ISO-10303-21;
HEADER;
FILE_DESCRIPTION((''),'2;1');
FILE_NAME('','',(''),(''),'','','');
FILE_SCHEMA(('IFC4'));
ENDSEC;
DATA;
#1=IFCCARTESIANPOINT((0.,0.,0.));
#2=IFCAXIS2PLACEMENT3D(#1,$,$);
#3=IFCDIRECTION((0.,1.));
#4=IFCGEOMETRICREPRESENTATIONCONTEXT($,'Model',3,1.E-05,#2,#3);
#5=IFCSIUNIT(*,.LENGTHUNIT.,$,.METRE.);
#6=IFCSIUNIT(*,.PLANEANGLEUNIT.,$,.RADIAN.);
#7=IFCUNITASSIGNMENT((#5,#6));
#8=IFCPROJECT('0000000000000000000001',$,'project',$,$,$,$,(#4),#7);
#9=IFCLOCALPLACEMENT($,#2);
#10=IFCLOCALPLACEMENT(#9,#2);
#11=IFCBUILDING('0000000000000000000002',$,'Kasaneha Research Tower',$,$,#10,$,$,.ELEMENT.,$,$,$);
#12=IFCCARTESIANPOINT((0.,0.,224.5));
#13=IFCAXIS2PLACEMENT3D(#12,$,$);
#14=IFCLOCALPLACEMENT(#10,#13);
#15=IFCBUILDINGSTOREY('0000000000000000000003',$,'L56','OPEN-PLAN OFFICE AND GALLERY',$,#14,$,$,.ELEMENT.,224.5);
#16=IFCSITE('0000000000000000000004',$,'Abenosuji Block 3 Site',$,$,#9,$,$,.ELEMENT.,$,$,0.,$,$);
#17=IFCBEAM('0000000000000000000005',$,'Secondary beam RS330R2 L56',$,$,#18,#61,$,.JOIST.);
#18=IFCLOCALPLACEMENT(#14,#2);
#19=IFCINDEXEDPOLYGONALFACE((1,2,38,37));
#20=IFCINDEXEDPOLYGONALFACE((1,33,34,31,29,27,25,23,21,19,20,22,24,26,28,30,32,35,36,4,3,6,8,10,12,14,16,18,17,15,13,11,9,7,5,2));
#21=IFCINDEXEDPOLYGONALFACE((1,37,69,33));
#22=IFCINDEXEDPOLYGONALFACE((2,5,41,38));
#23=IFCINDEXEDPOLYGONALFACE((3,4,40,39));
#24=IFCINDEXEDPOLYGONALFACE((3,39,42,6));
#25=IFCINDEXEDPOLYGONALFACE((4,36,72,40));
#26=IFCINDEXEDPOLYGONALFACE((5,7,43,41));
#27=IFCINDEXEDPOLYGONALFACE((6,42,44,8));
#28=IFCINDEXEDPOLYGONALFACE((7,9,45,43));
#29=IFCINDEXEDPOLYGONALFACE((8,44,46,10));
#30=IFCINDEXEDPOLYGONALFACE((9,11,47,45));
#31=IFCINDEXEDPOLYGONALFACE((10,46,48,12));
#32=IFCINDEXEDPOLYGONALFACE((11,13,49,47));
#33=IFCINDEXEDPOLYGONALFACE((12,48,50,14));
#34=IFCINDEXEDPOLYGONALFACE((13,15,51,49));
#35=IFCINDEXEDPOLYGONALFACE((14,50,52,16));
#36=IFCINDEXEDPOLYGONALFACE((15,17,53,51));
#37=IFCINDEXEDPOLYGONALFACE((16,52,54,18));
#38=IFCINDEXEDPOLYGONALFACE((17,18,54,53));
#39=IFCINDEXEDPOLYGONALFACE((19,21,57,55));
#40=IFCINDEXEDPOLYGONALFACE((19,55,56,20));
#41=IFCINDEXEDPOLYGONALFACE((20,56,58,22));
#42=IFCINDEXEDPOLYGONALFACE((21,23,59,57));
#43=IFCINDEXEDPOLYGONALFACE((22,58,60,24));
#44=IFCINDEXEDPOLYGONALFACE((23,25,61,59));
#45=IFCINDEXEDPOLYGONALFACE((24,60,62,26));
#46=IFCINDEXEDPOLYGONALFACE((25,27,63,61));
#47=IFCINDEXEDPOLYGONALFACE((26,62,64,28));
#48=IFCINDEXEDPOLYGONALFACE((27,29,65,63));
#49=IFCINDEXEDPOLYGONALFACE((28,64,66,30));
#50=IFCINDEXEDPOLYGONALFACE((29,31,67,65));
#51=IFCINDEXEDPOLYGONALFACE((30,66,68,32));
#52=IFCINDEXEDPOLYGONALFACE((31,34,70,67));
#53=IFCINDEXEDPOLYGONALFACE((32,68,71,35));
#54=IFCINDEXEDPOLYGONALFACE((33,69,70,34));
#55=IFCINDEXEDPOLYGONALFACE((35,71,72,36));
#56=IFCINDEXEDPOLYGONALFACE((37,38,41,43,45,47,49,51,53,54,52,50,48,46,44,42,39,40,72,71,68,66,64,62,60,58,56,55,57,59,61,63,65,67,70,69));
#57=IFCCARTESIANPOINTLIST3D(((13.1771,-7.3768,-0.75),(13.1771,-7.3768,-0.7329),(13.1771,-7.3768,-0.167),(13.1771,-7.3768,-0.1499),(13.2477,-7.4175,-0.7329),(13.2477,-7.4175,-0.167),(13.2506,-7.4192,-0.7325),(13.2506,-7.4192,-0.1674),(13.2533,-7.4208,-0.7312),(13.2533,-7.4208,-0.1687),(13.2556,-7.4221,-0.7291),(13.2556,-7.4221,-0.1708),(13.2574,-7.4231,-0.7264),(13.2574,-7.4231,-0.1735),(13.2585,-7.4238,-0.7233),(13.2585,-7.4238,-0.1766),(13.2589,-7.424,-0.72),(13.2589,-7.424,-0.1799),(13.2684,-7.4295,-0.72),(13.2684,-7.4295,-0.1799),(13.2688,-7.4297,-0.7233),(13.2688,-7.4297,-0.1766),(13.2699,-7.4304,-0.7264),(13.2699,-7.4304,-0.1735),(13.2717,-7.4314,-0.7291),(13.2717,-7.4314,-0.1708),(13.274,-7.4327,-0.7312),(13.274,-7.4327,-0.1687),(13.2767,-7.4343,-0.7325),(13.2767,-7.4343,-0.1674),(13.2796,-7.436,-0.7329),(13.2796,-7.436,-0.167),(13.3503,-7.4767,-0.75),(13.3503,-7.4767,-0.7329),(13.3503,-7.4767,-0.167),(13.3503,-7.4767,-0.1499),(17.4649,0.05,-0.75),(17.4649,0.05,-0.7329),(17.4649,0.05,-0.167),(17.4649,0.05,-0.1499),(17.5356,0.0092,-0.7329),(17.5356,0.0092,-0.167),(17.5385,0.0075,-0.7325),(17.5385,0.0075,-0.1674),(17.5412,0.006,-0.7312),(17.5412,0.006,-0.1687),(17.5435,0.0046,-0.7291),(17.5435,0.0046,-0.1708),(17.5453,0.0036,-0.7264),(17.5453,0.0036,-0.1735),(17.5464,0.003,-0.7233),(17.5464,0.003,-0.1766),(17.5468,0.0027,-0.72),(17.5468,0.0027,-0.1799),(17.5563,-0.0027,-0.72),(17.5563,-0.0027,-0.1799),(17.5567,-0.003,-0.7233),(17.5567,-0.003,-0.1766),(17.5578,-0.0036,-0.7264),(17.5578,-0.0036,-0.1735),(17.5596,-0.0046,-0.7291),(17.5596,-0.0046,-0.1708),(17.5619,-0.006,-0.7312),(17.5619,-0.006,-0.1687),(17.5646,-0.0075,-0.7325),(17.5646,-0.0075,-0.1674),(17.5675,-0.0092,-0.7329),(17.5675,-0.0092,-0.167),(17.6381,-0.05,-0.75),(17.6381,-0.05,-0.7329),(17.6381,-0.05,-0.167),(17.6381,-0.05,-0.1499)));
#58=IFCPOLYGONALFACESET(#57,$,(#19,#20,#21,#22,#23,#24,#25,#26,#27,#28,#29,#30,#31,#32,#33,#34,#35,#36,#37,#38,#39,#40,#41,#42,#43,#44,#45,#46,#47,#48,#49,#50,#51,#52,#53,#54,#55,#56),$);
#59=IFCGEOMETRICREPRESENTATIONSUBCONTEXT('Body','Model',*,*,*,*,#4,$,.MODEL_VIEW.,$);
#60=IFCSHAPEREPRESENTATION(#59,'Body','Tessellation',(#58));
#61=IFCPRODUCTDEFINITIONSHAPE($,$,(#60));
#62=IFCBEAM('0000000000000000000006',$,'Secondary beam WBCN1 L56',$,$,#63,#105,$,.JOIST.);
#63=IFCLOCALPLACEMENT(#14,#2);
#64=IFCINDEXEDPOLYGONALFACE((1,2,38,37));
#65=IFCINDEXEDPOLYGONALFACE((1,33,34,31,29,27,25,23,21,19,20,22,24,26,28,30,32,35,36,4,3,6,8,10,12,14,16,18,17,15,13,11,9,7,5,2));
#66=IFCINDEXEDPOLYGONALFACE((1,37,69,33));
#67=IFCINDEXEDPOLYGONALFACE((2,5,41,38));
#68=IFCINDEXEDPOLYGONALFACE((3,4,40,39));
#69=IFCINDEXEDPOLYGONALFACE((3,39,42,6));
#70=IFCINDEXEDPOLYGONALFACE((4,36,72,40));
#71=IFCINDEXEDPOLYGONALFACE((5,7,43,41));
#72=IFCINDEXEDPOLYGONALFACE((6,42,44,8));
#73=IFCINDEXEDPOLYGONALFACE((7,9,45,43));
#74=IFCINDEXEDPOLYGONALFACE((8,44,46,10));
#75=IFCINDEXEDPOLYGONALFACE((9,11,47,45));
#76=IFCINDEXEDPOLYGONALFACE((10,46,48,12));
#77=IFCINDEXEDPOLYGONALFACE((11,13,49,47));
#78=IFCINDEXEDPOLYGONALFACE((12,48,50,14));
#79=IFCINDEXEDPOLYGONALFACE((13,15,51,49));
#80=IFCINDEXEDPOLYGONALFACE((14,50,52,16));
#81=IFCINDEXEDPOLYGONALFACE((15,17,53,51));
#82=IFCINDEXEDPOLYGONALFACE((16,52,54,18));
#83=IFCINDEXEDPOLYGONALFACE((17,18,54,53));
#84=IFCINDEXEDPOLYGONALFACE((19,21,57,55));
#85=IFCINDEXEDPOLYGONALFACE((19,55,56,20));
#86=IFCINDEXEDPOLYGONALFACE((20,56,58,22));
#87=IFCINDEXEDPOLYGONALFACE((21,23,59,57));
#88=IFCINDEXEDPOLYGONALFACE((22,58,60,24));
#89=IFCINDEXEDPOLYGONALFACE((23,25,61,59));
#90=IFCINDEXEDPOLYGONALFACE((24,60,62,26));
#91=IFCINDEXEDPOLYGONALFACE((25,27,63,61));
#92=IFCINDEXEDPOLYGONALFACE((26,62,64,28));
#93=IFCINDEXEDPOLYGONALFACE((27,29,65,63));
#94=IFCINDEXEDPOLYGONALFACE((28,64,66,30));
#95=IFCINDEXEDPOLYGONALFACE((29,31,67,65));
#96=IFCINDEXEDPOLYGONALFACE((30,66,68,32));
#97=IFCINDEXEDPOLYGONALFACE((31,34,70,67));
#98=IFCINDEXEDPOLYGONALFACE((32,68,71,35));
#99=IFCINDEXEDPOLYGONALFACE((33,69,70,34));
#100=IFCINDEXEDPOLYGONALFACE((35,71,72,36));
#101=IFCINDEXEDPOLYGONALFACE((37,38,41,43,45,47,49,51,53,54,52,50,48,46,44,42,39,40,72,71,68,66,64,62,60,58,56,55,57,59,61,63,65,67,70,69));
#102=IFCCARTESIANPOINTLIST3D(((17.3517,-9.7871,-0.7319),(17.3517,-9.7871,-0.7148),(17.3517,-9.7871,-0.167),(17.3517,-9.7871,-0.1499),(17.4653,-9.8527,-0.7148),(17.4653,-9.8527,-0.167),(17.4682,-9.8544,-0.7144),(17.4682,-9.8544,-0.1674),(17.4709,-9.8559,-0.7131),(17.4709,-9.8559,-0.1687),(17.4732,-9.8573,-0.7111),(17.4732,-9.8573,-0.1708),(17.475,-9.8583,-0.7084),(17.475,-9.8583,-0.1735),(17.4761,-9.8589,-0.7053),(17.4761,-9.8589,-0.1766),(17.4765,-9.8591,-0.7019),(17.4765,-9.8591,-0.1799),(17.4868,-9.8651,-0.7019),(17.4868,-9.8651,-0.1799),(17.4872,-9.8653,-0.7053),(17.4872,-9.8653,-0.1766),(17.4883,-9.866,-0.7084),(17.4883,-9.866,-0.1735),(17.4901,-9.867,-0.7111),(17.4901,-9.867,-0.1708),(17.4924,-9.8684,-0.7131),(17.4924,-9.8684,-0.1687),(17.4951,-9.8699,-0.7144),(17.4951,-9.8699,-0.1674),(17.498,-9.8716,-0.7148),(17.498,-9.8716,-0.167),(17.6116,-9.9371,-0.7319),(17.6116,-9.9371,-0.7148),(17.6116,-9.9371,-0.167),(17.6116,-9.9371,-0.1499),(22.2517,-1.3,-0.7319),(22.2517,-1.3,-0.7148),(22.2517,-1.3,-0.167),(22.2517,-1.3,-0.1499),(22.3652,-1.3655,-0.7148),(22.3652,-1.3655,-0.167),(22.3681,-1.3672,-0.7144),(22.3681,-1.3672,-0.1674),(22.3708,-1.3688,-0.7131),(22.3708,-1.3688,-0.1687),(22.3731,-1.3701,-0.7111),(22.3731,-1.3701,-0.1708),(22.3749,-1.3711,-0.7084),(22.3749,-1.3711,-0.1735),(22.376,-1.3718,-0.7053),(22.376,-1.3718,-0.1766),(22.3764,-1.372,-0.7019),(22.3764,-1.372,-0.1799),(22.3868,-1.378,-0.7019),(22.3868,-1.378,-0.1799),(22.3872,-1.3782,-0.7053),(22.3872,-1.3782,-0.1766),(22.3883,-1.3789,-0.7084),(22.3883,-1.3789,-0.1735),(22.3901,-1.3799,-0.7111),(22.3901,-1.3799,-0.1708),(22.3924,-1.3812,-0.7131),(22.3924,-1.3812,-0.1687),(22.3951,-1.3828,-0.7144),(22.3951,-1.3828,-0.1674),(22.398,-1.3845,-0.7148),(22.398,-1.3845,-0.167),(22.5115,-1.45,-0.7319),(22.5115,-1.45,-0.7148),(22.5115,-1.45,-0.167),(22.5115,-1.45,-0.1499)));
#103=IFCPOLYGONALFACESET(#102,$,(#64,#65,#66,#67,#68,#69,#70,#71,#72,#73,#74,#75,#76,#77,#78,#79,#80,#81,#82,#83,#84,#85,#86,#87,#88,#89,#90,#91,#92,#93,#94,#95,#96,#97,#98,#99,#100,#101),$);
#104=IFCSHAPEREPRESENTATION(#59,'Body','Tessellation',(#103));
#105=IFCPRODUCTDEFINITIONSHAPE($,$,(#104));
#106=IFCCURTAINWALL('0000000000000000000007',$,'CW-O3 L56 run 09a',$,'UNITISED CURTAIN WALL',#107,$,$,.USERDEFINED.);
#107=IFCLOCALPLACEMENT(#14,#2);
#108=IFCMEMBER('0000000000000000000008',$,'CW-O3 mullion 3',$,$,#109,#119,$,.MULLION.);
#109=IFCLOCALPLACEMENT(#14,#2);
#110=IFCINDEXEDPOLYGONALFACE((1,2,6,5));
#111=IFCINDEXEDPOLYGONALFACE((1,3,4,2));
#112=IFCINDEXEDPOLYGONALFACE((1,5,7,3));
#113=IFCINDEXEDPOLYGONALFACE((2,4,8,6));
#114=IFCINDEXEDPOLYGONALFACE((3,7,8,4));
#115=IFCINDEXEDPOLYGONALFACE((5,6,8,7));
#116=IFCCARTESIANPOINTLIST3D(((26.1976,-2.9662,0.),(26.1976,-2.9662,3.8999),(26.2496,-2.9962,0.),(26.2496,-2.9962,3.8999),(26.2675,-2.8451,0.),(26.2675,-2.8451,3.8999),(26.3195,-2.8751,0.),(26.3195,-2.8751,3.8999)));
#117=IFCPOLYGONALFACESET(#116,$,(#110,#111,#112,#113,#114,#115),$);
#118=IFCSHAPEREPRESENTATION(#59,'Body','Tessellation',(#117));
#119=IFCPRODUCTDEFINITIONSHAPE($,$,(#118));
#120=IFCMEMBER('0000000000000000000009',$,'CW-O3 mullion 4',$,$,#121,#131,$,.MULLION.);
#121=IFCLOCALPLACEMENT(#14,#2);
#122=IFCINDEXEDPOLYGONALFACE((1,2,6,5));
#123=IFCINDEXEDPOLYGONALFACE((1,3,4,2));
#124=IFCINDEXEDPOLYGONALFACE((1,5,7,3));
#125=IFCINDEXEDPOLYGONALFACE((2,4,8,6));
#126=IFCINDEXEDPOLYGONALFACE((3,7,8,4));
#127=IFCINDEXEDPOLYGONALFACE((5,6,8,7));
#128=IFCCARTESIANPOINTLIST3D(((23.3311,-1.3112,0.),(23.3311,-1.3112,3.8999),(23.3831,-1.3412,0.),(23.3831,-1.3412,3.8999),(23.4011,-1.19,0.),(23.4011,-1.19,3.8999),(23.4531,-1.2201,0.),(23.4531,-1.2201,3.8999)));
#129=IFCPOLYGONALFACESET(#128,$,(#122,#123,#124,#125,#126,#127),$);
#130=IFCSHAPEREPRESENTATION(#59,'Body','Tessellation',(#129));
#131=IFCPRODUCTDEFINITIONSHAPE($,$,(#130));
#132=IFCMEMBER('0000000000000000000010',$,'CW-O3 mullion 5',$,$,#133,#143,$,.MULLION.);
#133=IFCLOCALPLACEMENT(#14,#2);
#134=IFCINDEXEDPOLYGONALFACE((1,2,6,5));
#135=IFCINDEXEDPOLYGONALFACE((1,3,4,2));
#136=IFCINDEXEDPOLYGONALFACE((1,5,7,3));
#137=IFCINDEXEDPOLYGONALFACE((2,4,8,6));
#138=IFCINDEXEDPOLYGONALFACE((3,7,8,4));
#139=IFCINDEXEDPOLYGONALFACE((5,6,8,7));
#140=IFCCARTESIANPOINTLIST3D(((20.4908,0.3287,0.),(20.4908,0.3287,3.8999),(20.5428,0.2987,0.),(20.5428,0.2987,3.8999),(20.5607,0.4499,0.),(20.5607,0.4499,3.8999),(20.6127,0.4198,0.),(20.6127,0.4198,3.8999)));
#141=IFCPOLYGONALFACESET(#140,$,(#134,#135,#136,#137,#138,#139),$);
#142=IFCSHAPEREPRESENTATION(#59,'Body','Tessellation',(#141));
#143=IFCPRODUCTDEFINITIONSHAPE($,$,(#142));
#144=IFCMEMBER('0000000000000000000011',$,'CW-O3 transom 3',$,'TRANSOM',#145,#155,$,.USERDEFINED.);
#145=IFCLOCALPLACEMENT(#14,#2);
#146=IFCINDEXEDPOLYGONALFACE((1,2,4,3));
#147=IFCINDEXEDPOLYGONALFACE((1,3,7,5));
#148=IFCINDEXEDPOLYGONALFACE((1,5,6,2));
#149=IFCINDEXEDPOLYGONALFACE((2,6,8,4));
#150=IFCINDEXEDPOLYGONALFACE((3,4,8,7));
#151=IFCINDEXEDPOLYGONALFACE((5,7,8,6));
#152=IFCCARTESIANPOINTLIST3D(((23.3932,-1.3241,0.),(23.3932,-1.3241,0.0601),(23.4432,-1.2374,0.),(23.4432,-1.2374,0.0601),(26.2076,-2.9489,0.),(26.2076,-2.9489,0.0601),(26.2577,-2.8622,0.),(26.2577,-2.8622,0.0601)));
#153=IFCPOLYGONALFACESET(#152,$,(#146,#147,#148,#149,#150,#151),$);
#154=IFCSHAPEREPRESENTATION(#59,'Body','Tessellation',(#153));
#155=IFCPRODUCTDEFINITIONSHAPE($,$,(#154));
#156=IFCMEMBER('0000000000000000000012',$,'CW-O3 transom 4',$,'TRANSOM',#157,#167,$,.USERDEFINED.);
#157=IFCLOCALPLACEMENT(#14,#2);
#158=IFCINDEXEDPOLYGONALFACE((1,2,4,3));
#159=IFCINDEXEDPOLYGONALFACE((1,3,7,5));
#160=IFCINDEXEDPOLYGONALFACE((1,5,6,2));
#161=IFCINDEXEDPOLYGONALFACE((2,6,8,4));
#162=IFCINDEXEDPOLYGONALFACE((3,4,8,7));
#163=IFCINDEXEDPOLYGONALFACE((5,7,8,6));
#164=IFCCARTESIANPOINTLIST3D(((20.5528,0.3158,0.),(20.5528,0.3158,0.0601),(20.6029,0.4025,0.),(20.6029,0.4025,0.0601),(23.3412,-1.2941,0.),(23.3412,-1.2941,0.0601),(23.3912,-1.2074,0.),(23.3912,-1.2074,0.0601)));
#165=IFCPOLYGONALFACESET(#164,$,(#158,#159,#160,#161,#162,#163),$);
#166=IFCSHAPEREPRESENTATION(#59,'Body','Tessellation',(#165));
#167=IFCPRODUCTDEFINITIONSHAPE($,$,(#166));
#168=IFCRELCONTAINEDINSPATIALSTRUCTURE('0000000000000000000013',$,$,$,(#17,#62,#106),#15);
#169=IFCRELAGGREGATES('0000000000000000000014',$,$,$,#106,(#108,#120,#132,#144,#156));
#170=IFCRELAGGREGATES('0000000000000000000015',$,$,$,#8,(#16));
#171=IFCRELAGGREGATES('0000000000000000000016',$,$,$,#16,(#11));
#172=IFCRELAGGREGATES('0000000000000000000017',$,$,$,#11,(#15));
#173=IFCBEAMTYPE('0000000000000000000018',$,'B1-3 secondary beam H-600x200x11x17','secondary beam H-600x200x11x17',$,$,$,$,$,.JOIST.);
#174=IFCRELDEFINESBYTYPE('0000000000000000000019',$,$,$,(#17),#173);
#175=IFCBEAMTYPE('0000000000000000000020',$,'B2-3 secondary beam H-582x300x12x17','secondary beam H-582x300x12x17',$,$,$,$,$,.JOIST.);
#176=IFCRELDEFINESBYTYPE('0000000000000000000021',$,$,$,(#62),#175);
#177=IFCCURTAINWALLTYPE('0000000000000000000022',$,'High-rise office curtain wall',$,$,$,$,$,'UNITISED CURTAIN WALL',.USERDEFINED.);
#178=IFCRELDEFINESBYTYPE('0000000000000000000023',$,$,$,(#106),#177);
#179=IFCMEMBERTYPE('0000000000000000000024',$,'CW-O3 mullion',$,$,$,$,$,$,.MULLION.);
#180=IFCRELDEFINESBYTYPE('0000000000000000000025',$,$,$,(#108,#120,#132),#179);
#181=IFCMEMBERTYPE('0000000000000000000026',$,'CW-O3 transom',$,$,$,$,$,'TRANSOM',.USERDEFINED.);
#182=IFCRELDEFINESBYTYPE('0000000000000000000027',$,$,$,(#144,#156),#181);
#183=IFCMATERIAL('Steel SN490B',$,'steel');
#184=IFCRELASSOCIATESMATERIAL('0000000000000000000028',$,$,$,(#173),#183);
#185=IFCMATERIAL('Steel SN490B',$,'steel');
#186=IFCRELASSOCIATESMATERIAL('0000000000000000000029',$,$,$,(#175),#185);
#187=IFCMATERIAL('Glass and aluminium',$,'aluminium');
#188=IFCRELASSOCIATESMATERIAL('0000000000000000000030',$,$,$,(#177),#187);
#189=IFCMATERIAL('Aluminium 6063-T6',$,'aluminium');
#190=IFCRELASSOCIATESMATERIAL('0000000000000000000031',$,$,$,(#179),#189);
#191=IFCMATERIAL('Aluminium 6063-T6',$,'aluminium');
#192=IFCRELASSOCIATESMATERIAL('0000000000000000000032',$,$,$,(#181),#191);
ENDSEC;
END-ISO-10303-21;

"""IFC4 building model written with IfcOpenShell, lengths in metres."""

from ifc_helpers import new_model, si_unit, direction, frame, origin, origin_2d, place, context, subcontext, project, spatial, rectangle, i_section, extrude, material, material_profile, profile_set, type_object, element, aggregate, save


model = new_model("IFC4")

# Units and contexts
model_context = context("Model", 3, precision=1e-05, world=origin(), true_north=direction((0.0, 1.0)))
body_context = subcontext(model_context, "Body", "Model", "MODEL_VIEW")
ifc_project = project(units=[si_unit("LENGTHUNIT", "METRE"), si_unit("PLANEANGLEUNIT", "RADIAN")], contexts=[model_context])

# Site, building, storey
site_placement = place(None, origin())
site = spatial("IfcSite", under=ifc_project, at=site_placement, Name="Abenosuji Block 3 Site", CompositionType="ELEMENT", RefElevation=0.0)
building_placement = place(site_placement, origin())
building = spatial("IfcBuilding", under=site, at=building_placement, Name="Kasaneha Research Tower", CompositionType="ELEMENT")
storey_placement = place(building_placement, frame((0.0, 0.0, 224.5)))
storey = spatial("IfcBuildingStorey", under=building, at=storey_placement, Name="L56", Description="OPEN-PLAN OFFICE AND GALLERY", CompositionType="ELEMENT", Elevation=224.5)

# Beams
ifc_material_1 = material(Name="Steel SN490B", Category="steel")
ifc_material_profile_1 = material_profile(ifc_material_1, i_section(OverallWidth=0.2, OverallDepth=0.6001, WebThickness=0.011, FlangeThickness=0.0171, FilletRadius=0.0129, at=origin_2d()), Name="H-600x200x11x17")
ifc_profile_set_1 = profile_set([ifc_material_profile_1], Name="Steel SN490B")
beam_type_1 = type_object("IfcBeamType", Name="B1-3 secondary beam H-600x200x11x17", Description="secondary beam H-600x200x11x17", PredefinedType="JOIST", material=ifc_profile_set_1)
beam_1_placement = place(storey_placement, frame((17.5515, 0.0, -0.45), z_axis=(-0.5, -0.866025, 0.0), x_axis=(0.866025, -0.5, 0.0)))
element("IfcBeam", 1, at=beam_1_placement, inside=storey, type_object=beam_type_1, Name="Secondary beam RS330R2 L56", PredefinedType="JOIST", context=body_context, shape_type="SweptSolid", body=[
    extrude(i_section(OverallWidth=0.2, OverallDepth=0.6001, WebThickness=0.011, FlangeThickness=0.0171, FilletRadius=0.0129, at=origin_2d()), origin(), (0.0, 0.0, 1.0), 8.5757),
])
ifc_material_2 = material(Name="Steel SN490B", Category="steel")
ifc_material_profile_2 = material_profile(ifc_material_2, i_section(OverallWidth=0.3, OverallDepth=0.582, WebThickness=0.012, FlangeThickness=0.0171, FilletRadius=0.0129, at=origin_2d()), Name="H-582x300x12x17")
ifc_profile_set_2 = profile_set([ifc_material_profile_2], Name="Steel SN490B")
beam_type_2 = type_object("IfcBeamType", Name="B2-3 secondary beam H-582x300x12x17", Description="secondary beam H-582x300x12x17", PredefinedType="JOIST", material=ifc_profile_set_2)
beam_2_placement = place(storey_placement, frame((22.3816, -1.375, -0.4409), z_axis=(-0.499992, -0.86603, 0.0), x_axis=(0.86603, -0.499992, 0.0)))
element("IfcBeam", 2, at=beam_2_placement, inside=storey, type_object=beam_type_2, Name="Secondary beam WBCN1 L56", PredefinedType="JOIST", context=body_context, shape_type="SweptSolid", body=[
    extrude(i_section(OverallWidth=0.3, OverallDepth=0.582, WebThickness=0.012, FlangeThickness=0.0171, FilletRadius=0.0129, at=origin_2d()), origin(), (0.0, 0.0, 1.0), 9.8),
])

# Curtain wall, members
ifc_material_3 = material(Name="Glass and aluminium", Category="aluminium")
curtain_wall_type = type_object("IfcCurtainWallType", Name="High-rise office curtain wall", ElementType="UNITISED CURTAIN WALL", PredefinedType="USERDEFINED", material=ifc_material_3)
curtain_wall_placement = place(storey_placement, origin())
curtain_wall = element("IfcCurtainWall", 3, at=curtain_wall_placement, inside=storey, type_object=curtain_wall_type, Name="CW-O3 L56 run 09a", ObjectType="UNITISED CURTAIN WALL", PredefinedType="USERDEFINED")
ifc_material_4 = material(Name="Aluminium 6063-T6", Category="aluminium")
ifc_material_profile_3 = material_profile(ifc_material_4, rectangle(XDim=0.0601, YDim=0.1399, at=origin_2d()), Name="CW-O3 mullion 60x140")
ifc_profile_set_3 = profile_set([ifc_material_profile_3], Name="Aluminium 6063-T6")
member_type_1 = type_object("IfcMemberType", Name="CW-O3 mullion", PredefinedType="MULLION", material=ifc_profile_set_3)
member_1_placement = place(storey_placement, frame((26.2585, -2.9207, 0.0), z_axis=(0.0, 0.0, 1.0), x_axis=(-0.866025, 0.5, 0.0)))
member_1 = element("IfcMember", 4, at=member_1_placement, type_object=member_type_1, Name="CW-O3 mullion 3", PredefinedType="MULLION", context=body_context, shape_type="SweptSolid", body=[
    extrude(rectangle(XDim=0.0601, YDim=0.1399, at=origin_2d()), origin(), (0.0, 0.0, 1.0), 3.8999),
])
member_2_placement = place(storey_placement, frame((23.3921, -1.2656, 0.0), z_axis=(0.0, 0.0, 1.0), x_axis=(-0.866025, 0.5, 0.0)))
member_2 = element("IfcMember", 5, at=member_2_placement, type_object=member_type_1, Name="CW-O3 mullion 4", PredefinedType="MULLION", context=body_context, shape_type="SweptSolid", body=[
    extrude(rectangle(XDim=0.0601, YDim=0.1399, at=origin_2d()), origin(), (0.0, 0.0, 1.0), 3.8999),
])
member_3_placement = place(storey_placement, frame((20.5518, 0.3743, 0.0), z_axis=(0.0, 0.0, 1.0), x_axis=(-0.866025, 0.5, 0.0)))
member_3 = element("IfcMember", 6, at=member_3_placement, type_object=member_type_1, Name="CW-O3 mullion 5", PredefinedType="MULLION", context=body_context, shape_type="SweptSolid", body=[
    extrude(rectangle(XDim=0.0601, YDim=0.1399, at=origin_2d()), origin(), (0.0, 0.0, 1.0), 3.8999),
])
ifc_material_5 = material(Name="Aluminium 6063-T6", Category="aluminium")
ifc_material_profile_4 = material_profile(ifc_material_5, rectangle(XDim=0.1001, YDim=0.0601, at=origin_2d()), Name="CW-O3 transom 100x60")
ifc_profile_set_4 = profile_set([ifc_material_profile_4], Name="Aluminium 6063-T6")
member_type_2 = type_object("IfcMemberType", Name="CW-O3 transom", ElementType="TRANSOM", PredefinedType="USERDEFINED", material=ifc_profile_set_4)
member_4_placement = place(storey_placement, frame((26.2327, -2.9055, 0.03), z_axis=(-0.866048, 0.499961, 0.0), x_axis=(-0.499961, -0.866048, 0.0)))
member_4 = element("IfcMember", 7, at=member_4_placement, type_object=member_type_2, Name="CW-O3 transom 3", ObjectType="TRANSOM", PredefinedType="USERDEFINED", context=body_context, shape_type="SweptSolid", body=[
    extrude(rectangle(XDim=0.1001, YDim=0.0601, at=origin_2d()), origin(), (0.0, 0.0, 1.0), 3.2498),
])
member_5_placement = place(storey_placement, frame((23.3662, -1.2507, 0.03), z_axis=(-0.866023, 0.500005, 0.0), x_axis=(-0.500005, -0.866023, 0.0)))
member_5 = element("IfcMember", 8, at=member_5_placement, type_object=member_type_2, Name="CW-O3 transom 4", ObjectType="TRANSOM", PredefinedType="USERDEFINED", context=body_context, shape_type="SweptSolid", body=[
    extrude(rectangle(XDim=0.1001, YDim=0.0601, at=origin_2d()), origin(), (0.0, 0.0, 1.0), 3.2197),
])

aggregate(curtain_wall, [member_1, member_2, member_3, member_4, member_5])

save(model, "model.ifc")
